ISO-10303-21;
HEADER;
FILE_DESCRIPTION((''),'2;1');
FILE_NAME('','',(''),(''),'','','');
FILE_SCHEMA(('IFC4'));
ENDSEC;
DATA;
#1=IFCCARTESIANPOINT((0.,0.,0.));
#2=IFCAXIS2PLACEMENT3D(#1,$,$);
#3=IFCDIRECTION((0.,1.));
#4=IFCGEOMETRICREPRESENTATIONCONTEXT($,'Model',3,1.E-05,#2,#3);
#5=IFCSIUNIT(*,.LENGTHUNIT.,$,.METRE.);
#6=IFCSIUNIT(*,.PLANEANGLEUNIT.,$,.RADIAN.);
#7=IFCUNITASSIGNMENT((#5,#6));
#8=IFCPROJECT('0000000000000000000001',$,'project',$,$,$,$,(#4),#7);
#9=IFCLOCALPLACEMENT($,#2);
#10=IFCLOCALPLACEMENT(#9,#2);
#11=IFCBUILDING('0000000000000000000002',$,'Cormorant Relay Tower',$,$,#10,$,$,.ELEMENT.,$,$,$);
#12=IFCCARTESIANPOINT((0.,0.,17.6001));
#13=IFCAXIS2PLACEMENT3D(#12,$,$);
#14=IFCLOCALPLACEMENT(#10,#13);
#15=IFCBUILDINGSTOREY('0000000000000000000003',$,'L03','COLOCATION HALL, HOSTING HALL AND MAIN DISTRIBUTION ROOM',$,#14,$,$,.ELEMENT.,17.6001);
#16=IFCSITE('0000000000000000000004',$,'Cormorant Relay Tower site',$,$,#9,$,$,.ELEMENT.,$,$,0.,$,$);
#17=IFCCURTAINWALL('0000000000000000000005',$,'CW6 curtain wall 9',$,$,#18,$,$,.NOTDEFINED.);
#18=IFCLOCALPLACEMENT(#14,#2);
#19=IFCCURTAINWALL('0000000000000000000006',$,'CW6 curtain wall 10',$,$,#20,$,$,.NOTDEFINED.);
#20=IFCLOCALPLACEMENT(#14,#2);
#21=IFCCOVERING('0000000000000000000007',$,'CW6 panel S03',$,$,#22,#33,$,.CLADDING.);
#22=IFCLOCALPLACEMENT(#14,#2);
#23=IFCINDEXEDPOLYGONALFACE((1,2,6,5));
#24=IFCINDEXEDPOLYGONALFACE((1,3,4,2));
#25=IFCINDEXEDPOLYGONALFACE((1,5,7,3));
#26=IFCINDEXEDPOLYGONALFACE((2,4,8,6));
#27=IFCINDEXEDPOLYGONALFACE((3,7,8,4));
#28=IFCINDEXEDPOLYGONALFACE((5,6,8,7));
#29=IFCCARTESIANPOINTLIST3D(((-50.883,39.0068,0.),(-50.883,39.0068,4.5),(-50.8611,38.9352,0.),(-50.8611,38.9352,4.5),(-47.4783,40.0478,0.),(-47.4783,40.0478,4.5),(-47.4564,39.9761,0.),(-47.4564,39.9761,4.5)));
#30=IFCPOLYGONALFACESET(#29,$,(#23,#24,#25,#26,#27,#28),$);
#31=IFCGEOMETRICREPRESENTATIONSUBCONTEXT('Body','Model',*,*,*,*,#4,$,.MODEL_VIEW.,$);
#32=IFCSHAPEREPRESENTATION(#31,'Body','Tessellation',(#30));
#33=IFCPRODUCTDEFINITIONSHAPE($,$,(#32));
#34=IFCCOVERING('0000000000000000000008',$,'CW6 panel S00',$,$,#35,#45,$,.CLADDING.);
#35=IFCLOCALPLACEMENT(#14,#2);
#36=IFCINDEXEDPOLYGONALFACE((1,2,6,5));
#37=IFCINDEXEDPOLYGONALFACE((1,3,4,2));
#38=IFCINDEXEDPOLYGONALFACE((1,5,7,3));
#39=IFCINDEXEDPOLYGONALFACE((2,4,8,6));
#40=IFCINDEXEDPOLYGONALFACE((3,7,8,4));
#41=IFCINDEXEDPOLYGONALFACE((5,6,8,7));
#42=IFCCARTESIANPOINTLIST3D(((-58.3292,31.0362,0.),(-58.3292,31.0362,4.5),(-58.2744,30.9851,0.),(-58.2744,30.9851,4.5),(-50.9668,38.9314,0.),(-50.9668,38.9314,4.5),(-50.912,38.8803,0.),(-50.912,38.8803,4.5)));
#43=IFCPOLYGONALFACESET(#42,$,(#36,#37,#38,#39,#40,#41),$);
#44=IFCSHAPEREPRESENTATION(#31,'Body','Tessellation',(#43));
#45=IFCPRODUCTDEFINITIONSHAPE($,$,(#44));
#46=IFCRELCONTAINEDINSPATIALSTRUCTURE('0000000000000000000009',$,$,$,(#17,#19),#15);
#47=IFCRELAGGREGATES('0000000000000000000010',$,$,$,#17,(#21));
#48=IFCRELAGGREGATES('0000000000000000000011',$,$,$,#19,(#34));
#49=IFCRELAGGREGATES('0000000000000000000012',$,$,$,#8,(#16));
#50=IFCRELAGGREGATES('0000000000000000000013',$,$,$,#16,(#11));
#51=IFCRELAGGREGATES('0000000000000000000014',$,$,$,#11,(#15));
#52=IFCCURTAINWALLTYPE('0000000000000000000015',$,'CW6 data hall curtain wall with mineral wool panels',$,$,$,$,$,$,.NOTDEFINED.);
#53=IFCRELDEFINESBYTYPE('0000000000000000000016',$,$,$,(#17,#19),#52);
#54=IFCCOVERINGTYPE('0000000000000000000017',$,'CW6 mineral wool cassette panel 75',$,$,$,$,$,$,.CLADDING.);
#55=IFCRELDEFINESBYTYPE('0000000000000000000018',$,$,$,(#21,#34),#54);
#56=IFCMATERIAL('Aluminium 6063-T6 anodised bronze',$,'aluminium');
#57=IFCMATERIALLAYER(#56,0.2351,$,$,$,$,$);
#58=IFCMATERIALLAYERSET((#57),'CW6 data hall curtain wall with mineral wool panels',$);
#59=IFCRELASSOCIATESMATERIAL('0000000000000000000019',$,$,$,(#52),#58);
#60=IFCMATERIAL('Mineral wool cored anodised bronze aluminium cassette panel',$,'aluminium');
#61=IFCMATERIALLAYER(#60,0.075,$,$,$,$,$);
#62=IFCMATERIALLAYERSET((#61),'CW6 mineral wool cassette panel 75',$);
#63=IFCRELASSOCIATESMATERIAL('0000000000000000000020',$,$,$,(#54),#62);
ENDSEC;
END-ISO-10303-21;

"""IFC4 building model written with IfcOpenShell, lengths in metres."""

from ifc_helpers import new_model, si_unit, direction, frame, origin, origin_2d, place, context, subcontext, project, spatial, rectangle, extrude, material, layer, layer_set, type_object, element, aggregate, save


model = new_model("IFC4")

# Units and contexts
model_context = context("Model", 3, precision=1e-05, world=origin(), true_north=direction((0.0, 1.0)))
body_context = subcontext(model_context, "Body", "Model", "MODEL_VIEW")
ifc_project = project(units=[si_unit("LENGTHUNIT", "METRE"), si_unit("PLANEANGLEUNIT", "RADIAN")], contexts=[model_context])

# Site, building, storey
site_placement = place(None, origin())
site = spatial("IfcSite", under=ifc_project, at=site_placement, Name="Cormorant Relay Tower site", CompositionType="ELEMENT", RefElevation=0.0)
building_placement = place(site_placement, origin())
building = spatial("IfcBuilding", under=site, at=building_placement, Name="Cormorant Relay Tower", CompositionType="ELEMENT")
storey_placement = place(building_placement, frame((0.0, 0.0, 17.6001)))
storey = spatial("IfcBuildingStorey", under=building, at=storey_placement, Name="L03", Description="COLOCATION HALL, HOSTING HALL AND MAIN DISTRIBUTION ROOM", CompositionType="ELEMENT", Elevation=17.6001)

# Shared definitions
ifc_material_1 = material(Name="Aluminium 6063-T6 anodised bronze", Category="aluminium")
ifc_layer_1 = layer(ifc_material_1, 0.2351)
ifc_layer_set_1 = layer_set([ifc_layer_1], Name="CW6 data hall curtain wall with mineral wool panels")
curtain_wall_type = type_object("IfcCurtainWallType", Name="CW6 data hall curtain wall with mineral wool panels", PredefinedType="NOTDEFINED", material=ifc_layer_set_1)

# Curtain walls
curtain_wall_1_placement = place(storey_placement, origin())
curtain_wall_1 = element("IfcCurtainWall", 1, at=curtain_wall_1_placement, inside=storey, type_object=curtain_wall_type, Name="CW6 curtain wall 9", PredefinedType="NOTDEFINED")
curtain_wall_2_placement = place(storey_placement, origin())
curtain_wall_2 = element("IfcCurtainWall", 2, at=curtain_wall_2_placement, inside=storey, type_object=curtain_wall_type, Name="CW6 curtain wall 10", PredefinedType="NOTDEFINED")

# Coverings
ifc_material_2 = material(Name="Mineral wool cored anodised bronze aluminium cassette panel", Category="aluminium")
ifc_layer_2 = layer(ifc_material_2, 0.075)
ifc_layer_set_2 = layer_set([ifc_layer_2], Name="CW6 mineral wool cassette panel 75")
covering_type = type_object("IfcCoveringType", Name="CW6 mineral wool cassette panel 75", PredefinedType="CLADDING", material=ifc_layer_set_2)
covering_1_placement = place(storey_placement, frame((-49.1697, 39.4915, 0.0), z_axis=(0.0, 0.0, 1.0), x_axis=(-0.956305, -0.292372, 0.0)))
covering_1 = element("IfcCovering", 3, at=covering_1_placement, type_object=covering_type, Name="CW6 panel S03", PredefinedType="CLADDING", context=body_context, shape_type="SweptSolid", body=[
    extrude(rectangle(XDim=3.5603, YDim=0.075, at=origin_2d()), origin(), (0.0, 0.0, 1.0), 4.5),
])
aggregate(curtain_wall_1, [covering_1])
covering_2_placement = place(storey_placement, frame((-54.6206, 34.9583, 0.0), z_axis=(0.0, 0.0, 1.0), x_axis=(-0.681998, -0.731354, 0.0)))
covering_2 = element("IfcCovering", 4, at=covering_2_placement, type_object=covering_type, Name="CW6 panel S00", PredefinedType="CLADDING", context=body_context, shape_type="SweptSolid", body=[
    extrude(rectangle(XDim=10.7954, YDim=0.075, at=origin_2d()), origin(), (0.0, 0.0, 1.0), 4.5),
])
aggregate(curtain_wall_2, [covering_2])

save(model, "model.ifc")
